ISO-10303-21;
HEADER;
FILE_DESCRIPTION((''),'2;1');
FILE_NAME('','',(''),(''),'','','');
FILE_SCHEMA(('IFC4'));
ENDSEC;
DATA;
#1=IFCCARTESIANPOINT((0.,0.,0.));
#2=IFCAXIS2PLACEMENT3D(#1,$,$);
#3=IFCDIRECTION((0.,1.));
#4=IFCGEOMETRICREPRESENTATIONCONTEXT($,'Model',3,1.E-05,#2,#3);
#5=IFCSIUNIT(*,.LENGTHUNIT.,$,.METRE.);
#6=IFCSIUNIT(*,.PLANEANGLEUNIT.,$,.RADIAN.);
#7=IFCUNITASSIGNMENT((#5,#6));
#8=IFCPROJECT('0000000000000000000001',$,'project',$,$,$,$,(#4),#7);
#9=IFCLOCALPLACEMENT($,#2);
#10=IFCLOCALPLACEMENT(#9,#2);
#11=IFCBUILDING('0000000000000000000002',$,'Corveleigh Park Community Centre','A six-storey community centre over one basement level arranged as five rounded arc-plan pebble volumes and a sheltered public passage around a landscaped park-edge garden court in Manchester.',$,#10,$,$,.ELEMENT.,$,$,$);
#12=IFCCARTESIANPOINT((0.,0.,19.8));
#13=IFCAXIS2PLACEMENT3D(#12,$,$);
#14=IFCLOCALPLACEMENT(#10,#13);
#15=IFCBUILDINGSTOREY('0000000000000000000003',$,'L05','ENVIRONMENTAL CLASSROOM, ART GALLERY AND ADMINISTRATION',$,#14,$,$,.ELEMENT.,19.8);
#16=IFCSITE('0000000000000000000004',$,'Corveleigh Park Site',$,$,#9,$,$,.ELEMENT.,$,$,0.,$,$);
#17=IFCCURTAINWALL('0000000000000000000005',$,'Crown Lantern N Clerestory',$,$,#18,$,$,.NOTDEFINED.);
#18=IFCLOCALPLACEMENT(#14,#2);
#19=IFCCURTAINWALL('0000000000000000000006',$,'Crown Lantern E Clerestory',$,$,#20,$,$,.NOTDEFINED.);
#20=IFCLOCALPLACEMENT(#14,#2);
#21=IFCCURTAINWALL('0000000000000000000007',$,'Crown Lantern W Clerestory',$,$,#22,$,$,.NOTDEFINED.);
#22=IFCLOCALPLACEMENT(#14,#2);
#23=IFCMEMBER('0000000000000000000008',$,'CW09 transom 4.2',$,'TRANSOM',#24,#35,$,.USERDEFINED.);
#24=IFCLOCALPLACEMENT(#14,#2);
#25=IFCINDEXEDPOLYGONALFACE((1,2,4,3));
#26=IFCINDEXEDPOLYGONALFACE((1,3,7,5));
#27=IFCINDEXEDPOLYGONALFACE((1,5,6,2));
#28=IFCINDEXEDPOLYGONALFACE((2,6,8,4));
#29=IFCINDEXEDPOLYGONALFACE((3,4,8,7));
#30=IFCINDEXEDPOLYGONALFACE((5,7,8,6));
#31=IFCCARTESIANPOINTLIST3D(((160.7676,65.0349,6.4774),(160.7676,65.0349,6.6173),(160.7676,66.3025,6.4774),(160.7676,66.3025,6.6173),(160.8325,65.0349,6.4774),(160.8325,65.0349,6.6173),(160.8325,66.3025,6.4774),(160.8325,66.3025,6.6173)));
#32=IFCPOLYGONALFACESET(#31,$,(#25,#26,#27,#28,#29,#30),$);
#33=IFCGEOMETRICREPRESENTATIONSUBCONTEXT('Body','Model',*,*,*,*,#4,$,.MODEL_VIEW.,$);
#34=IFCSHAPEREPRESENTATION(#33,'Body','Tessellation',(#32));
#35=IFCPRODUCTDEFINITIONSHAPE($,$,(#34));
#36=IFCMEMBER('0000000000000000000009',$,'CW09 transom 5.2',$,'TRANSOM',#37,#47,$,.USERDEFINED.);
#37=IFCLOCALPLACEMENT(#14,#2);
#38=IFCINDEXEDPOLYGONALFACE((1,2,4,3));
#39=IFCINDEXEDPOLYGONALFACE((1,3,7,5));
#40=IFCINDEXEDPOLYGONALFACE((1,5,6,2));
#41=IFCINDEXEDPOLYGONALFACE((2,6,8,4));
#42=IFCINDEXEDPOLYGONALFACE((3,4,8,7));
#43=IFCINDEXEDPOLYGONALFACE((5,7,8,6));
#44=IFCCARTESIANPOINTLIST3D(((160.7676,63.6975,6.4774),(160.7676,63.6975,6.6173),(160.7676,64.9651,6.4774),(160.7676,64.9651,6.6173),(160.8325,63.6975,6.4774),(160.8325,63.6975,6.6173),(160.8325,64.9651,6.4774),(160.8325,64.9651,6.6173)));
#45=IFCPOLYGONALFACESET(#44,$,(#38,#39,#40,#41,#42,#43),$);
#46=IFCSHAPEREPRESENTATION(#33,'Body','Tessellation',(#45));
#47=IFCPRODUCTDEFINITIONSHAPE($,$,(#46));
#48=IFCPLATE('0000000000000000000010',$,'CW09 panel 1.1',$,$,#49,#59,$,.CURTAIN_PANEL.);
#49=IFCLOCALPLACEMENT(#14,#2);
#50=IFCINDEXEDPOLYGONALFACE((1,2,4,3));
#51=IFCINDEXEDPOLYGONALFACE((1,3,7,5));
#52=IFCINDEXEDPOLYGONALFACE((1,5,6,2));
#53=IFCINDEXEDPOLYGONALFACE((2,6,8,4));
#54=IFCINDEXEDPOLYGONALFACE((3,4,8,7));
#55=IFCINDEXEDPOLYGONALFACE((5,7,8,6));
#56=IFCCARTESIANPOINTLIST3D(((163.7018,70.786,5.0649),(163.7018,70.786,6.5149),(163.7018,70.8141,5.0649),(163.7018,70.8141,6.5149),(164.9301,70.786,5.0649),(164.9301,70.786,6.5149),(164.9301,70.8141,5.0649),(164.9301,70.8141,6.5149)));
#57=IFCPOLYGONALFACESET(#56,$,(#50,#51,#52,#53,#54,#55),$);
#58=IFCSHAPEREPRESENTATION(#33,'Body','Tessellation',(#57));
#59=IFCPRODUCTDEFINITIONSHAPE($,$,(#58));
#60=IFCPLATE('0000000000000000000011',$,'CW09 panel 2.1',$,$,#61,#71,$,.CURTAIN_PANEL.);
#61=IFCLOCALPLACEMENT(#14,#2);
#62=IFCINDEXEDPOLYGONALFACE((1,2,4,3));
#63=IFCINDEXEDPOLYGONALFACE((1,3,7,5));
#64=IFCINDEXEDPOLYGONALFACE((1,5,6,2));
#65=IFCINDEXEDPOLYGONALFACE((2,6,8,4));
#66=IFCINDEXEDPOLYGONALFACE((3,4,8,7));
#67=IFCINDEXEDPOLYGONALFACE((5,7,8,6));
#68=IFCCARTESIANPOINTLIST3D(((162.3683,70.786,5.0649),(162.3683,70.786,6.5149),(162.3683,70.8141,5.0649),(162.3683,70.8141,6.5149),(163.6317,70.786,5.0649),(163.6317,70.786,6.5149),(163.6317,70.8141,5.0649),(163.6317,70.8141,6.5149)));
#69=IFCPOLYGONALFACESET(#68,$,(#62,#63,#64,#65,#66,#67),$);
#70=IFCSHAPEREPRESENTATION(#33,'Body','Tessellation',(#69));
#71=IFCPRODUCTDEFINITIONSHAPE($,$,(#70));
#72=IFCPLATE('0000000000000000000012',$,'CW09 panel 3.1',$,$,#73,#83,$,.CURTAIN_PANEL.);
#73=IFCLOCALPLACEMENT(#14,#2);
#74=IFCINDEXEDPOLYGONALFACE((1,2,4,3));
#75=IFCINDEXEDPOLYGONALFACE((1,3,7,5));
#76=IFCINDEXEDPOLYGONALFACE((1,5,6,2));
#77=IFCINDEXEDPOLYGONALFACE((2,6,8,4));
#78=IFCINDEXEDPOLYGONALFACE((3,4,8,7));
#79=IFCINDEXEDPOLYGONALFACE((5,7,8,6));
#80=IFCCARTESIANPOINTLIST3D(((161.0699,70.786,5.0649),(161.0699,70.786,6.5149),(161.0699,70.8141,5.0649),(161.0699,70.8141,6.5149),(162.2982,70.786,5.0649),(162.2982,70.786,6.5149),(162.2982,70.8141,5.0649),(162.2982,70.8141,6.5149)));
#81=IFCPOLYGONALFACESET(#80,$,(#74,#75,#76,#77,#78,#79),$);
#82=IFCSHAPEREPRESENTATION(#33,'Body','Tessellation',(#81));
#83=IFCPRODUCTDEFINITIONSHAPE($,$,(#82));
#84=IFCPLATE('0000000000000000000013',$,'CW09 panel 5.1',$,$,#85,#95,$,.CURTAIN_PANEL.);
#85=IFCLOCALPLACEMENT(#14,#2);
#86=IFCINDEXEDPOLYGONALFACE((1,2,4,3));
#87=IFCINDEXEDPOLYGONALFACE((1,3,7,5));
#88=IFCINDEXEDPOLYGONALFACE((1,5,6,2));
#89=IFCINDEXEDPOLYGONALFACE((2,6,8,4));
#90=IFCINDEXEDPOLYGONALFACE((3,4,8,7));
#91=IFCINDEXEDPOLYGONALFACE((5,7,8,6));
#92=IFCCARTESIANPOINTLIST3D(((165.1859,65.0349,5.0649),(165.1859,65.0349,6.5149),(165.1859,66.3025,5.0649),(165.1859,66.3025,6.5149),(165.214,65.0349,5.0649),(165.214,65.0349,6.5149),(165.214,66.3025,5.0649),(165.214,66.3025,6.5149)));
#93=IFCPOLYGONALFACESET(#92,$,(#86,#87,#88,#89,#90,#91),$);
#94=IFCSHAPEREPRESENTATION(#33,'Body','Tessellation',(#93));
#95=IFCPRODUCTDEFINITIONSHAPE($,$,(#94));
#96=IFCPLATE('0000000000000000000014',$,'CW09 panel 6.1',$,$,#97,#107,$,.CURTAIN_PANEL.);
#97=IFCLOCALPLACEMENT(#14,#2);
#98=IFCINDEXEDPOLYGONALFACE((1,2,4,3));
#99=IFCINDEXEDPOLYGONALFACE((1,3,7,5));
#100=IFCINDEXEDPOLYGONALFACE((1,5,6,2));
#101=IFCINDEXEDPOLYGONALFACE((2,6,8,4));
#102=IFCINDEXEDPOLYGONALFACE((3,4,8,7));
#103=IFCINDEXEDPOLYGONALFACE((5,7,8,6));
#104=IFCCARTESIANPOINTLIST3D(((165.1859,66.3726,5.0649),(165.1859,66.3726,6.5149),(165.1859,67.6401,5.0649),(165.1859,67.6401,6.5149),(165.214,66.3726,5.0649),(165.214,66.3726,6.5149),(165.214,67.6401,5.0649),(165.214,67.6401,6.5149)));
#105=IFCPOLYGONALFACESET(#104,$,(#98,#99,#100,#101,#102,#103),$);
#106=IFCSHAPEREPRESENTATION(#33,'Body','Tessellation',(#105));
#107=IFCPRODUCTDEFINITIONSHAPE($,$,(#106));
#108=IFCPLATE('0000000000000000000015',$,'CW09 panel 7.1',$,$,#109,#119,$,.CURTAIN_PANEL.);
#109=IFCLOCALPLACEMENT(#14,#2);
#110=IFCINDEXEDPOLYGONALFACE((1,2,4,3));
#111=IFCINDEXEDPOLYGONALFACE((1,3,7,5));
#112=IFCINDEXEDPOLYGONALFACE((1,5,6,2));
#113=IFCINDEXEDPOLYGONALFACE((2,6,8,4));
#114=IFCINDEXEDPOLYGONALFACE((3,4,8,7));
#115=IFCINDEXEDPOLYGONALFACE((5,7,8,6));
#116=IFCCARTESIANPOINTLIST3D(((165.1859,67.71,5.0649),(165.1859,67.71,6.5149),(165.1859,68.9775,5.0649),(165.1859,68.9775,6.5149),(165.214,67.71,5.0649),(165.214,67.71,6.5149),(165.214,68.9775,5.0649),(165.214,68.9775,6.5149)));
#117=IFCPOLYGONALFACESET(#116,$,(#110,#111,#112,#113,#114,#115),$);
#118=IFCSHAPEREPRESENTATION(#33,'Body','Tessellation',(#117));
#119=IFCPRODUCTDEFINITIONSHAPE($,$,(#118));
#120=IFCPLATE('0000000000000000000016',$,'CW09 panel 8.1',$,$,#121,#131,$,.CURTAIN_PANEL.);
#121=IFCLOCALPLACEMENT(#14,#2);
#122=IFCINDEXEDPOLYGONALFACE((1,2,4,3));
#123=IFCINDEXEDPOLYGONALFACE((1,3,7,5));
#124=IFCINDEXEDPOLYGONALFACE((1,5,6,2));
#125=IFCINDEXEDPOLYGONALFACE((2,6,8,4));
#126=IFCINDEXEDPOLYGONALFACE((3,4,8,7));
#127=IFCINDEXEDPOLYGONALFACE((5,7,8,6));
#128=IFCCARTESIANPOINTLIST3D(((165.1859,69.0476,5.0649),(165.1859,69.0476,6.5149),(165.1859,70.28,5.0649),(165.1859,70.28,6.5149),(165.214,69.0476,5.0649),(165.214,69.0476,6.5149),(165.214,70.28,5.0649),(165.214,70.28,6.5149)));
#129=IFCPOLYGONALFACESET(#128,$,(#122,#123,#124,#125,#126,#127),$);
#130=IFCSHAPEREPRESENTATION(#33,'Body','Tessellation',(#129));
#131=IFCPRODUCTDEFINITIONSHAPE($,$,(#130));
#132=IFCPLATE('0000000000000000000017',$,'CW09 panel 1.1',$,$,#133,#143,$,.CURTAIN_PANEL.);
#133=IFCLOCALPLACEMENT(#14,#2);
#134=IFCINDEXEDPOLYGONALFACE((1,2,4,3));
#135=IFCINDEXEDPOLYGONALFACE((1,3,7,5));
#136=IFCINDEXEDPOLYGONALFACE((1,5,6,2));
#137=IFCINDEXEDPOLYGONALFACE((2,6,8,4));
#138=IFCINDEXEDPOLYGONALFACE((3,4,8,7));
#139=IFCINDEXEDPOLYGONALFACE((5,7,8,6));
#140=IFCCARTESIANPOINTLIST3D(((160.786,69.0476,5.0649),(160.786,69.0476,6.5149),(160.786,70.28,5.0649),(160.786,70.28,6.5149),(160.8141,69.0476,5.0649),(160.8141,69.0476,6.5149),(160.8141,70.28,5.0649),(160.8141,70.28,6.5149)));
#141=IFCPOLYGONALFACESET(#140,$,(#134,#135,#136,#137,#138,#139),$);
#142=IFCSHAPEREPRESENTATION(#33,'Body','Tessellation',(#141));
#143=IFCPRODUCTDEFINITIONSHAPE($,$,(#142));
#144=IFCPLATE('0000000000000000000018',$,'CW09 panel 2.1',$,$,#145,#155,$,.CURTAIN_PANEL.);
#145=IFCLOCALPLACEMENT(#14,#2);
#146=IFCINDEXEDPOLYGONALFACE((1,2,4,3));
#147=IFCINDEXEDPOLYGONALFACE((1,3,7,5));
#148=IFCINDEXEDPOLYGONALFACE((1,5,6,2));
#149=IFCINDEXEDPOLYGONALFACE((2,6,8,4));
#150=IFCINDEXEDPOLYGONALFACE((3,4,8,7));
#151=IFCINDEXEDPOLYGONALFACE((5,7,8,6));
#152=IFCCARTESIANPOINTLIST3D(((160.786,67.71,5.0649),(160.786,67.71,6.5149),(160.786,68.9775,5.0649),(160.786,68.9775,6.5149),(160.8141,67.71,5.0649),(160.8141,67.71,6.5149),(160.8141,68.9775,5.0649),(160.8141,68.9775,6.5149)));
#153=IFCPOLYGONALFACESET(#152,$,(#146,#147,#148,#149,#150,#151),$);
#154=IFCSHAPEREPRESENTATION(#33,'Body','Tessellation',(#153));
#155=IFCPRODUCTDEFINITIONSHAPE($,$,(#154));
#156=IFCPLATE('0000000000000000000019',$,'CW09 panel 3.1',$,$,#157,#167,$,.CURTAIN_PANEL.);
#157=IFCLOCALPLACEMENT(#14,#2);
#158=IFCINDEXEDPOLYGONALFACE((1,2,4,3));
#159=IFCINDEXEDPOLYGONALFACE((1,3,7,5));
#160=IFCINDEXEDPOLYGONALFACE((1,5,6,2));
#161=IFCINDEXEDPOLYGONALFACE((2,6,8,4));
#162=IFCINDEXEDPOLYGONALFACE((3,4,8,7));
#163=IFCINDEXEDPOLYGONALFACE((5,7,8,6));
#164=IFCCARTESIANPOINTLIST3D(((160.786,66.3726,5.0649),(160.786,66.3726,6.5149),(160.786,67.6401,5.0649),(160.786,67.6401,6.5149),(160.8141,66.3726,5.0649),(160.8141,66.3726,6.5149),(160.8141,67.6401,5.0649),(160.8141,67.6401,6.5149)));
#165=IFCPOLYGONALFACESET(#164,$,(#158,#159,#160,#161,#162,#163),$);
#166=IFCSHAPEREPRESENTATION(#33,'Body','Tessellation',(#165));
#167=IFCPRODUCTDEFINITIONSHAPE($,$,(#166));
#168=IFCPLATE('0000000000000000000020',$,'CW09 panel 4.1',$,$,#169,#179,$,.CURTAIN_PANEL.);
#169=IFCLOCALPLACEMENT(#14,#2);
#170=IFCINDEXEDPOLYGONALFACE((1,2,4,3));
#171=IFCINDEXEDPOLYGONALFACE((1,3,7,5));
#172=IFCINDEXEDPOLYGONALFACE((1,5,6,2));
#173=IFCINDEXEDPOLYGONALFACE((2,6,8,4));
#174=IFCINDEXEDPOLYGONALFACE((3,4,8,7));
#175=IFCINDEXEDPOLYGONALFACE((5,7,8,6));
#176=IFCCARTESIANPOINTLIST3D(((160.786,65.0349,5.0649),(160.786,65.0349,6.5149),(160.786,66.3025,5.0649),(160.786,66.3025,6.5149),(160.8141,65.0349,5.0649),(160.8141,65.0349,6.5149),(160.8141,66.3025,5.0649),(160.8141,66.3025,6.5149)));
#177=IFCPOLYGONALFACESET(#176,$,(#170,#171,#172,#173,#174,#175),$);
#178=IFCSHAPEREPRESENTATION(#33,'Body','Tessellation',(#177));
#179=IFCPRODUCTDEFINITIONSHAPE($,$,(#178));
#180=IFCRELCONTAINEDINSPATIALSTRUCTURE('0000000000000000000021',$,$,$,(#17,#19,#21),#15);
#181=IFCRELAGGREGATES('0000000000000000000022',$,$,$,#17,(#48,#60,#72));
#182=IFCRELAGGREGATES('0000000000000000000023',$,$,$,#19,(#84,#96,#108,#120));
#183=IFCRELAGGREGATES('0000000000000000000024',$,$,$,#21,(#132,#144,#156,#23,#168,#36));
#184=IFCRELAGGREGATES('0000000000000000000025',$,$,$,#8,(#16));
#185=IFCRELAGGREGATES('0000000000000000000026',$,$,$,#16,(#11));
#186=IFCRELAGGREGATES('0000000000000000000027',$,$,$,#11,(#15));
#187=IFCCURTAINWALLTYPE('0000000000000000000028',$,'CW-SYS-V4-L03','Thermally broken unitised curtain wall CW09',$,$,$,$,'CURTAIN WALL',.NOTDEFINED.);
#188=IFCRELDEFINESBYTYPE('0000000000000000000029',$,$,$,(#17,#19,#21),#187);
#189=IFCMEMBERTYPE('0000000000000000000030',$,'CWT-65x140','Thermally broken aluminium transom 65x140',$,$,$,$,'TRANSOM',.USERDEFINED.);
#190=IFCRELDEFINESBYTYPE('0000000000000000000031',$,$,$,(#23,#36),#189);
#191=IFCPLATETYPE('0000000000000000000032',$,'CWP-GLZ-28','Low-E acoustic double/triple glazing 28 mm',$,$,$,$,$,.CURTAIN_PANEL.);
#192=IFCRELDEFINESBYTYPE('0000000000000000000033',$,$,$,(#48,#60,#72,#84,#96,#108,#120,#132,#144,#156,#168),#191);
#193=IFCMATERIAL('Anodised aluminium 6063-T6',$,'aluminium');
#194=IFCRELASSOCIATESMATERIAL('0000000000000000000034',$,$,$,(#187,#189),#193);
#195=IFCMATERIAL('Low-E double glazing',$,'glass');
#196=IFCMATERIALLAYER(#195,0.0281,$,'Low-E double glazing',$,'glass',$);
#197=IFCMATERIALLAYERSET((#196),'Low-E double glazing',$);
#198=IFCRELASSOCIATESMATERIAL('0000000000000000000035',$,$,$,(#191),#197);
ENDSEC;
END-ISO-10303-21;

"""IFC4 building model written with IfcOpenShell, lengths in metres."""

from ifc_helpers import new_model, si_unit, direction, frame, origin, origin_2d, place, context, subcontext, project, spatial, rectangle, extrude, material, layer, layer_set, material_profile, profile_set, type_object, element, aggregate, save


model = new_model("IFC4")

# Units and contexts
model_context = context("Model", 3, precision=1e-05, world=origin(), true_north=direction((0.0, 1.0)))
body_context = subcontext(model_context, "Body", "Model", "MODEL_VIEW")
ifc_project = project(units=[si_unit("LENGTHUNIT", "METRE"), si_unit("PLANEANGLEUNIT", "RADIAN")], contexts=[model_context])

# Site, building, storey
site_placement = place(None, origin())
site = spatial("IfcSite", under=ifc_project, at=site_placement, Name="Corveleigh Park Site", CompositionType="ELEMENT", RefElevation=0.0)
building_placement = place(site_placement, origin())
building = spatial("IfcBuilding", under=site, at=building_placement, Name="Corveleigh Park Community Centre", Description="A six-storey community centre over one basement level arranged as five rounded arc-plan pebble volumes and a sheltered public passage around a landscaped park-edge garden court in Manchester.", CompositionType="ELEMENT")
storey_placement = place(building_placement, frame((0.0, 0.0, 19.8)))
storey = spatial("IfcBuildingStorey", under=building, at=storey_placement, Name="L05", Description="ENVIRONMENTAL CLASSROOM, ART GALLERY AND ADMINISTRATION", CompositionType="ELEMENT", Elevation=19.8)

# Curtain walls, members
ifc_material_1 = material(Name="Anodised aluminium 6063-T6", Category="aluminium")
curtain_wall_type = type_object("IfcCurtainWallType", Name="CW-SYS-V4-L03", Description="Thermally broken unitised curtain wall CW09", ElementType="CURTAIN WALL", PredefinedType="NOTDEFINED", material=ifc_material_1)
curtain_wall_1_placement = place(storey_placement, origin())
curtain_wall_1 = element("IfcCurtainWall", 1, at=curtain_wall_1_placement, inside=storey, type_object=curtain_wall_type, Name="Crown Lantern N Clerestory", PredefinedType="NOTDEFINED")
ifc_material_profile = material_profile(ifc_material_1, rectangle(XDim=0.0649, YDim=0.1399, at=origin_2d()), Name="ALU-T65x140", Category="aluminium")
ifc_profile_set = profile_set([ifc_material_profile], Name="Anodised aluminium 6063-T6")
member_type = type_object("IfcMemberType", Name="CWT-65x140", Description="Thermally broken aluminium transom 65x140", ElementType="TRANSOM", PredefinedType="USERDEFINED", material=ifc_profile_set)
curtain_wall_2_placement = place(storey_placement, origin())
curtain_wall_2 = element("IfcCurtainWall", 2, at=curtain_wall_2_placement, inside=storey, type_object=curtain_wall_type, Name="Crown Lantern E Clerestory", PredefinedType="NOTDEFINED")
curtain_wall_3_placement = place(storey_placement, origin())
curtain_wall_3 = element("IfcCurtainWall", 3, at=curtain_wall_3_placement, inside=storey, type_object=curtain_wall_type, Name="Crown Lantern W Clerestory", PredefinedType="NOTDEFINED")
member_1_placement = place(storey_placement, frame((160.8, 66.3025, 6.5474), z_axis=(0.0, -1.0, 0.0), x_axis=(1.0, 0.0, 0.0)))
member_1 = element("IfcMember", 4, at=member_1_placement, type_object=member_type, Name="CW09 transom 4.2", ObjectType="TRANSOM", PredefinedType="USERDEFINED", context=body_context, shape_type="SweptSolid", body=[
    extrude(rectangle(XDim=0.0649, YDim=0.1399, at=origin_2d()), origin(), (0.0, 0.0, 1.0), 1.2676),
])
member_2_placement = place(storey_placement, frame((160.8, 64.9651, 6.5474), z_axis=(0.0, -1.0, 0.0), x_axis=(1.0, 0.0, 0.0)))
member_2 = element("IfcMember", 5, at=member_2_placement, type_object=member_type, Name="CW09 transom 5.2", ObjectType="TRANSOM", PredefinedType="USERDEFINED", context=body_context, shape_type="SweptSolid", body=[
    extrude(rectangle(XDim=0.0649, YDim=0.1399, at=origin_2d()), origin(), (0.0, 0.0, 1.0), 1.2676),
])

# Plates
ifc_material_2 = material(Name="Low-E double glazing", Category="glass")
ifc_layer = layer(ifc_material_2, 0.0281, Name="Low-E double glazing", Category="glass")
ifc_layer_set = layer_set([ifc_layer], Name="Low-E double glazing")
plate_type = type_object("IfcPlateType", Name="CWP-GLZ-28", Description="Low-E acoustic double/triple glazing 28 mm", PredefinedType="CURTAIN_PANEL", material=ifc_layer_set)
plate_1_placement = place(storey_placement, frame((164.3159, 70.8, 5.0649), z_axis=(0.0, 0.0, 1.0), x_axis=(-1.0, 0.0, 0.0)))
plate_1 = element("IfcPlate", 6, at=plate_1_placement, type_object=plate_type, Name="CW09 panel 1.1", PredefinedType="CURTAIN_PANEL", context=body_context, shape_type="SweptSolid", body=[
    extrude(rectangle(XDim=1.2283, YDim=0.0281, at=origin_2d()), origin(), (0.0, 0.0, 1.0), 1.45),
])
plate_2_placement = place(storey_placement, frame((163.0, 70.8, 5.0649), z_axis=(0.0, 0.0, 1.0), x_axis=(-1.0, 0.0, 0.0)))
plate_2 = element("IfcPlate", 7, at=plate_2_placement, type_object=plate_type, Name="CW09 panel 2.1", PredefinedType="CURTAIN_PANEL", context=body_context, shape_type="SweptSolid", body=[
    extrude(rectangle(XDim=1.2634, YDim=0.0281, at=origin_2d()), origin(), (0.0, 0.0, 1.0), 1.45),
])
plate_3_placement = place(storey_placement, frame((161.6841, 70.8, 5.0649), z_axis=(0.0, 0.0, 1.0), x_axis=(-1.0, 0.0, 0.0)))
plate_3 = element("IfcPlate", 8, at=plate_3_placement, type_object=plate_type, Name="CW09 panel 3.1", PredefinedType="CURTAIN_PANEL", context=body_context, shape_type="SweptSolid", body=[
    extrude(rectangle(XDim=1.2283, YDim=0.0281, at=origin_2d()), origin(), (0.0, 0.0, 1.0), 1.45),
])
aggregate(curtain_wall_1, [plate_1, plate_2, plate_3])
plate_4_placement = place(storey_placement, frame((165.2, 65.6687, 5.0649), z_axis=(0.0, 0.0, 1.0), x_axis=(0.0, 1.0, 0.0)))
plate_4 = element("IfcPlate", 9, at=plate_4_placement, type_object=plate_type, Name="CW09 panel 5.1", PredefinedType="CURTAIN_PANEL", context=body_context, shape_type="SweptSolid", body=[
    extrude(rectangle(XDim=1.2676, YDim=0.0281, at=origin_2d()), origin(), (0.0, 0.0, 1.0), 1.45),
])
plate_5_placement = place(storey_placement, frame((165.2, 67.0063, 5.0649), z_axis=(0.0, 0.0, 1.0), x_axis=(0.0, 1.0, 0.0)))
plate_5 = element("IfcPlate", 10, at=plate_5_placement, type_object=plate_type, Name="CW09 panel 6.1", PredefinedType="CURTAIN_PANEL", context=body_context, shape_type="SweptSolid", body=[
    extrude(rectangle(XDim=1.2676, YDim=0.0281, at=origin_2d()), origin(), (0.0, 0.0, 1.0), 1.45),
])
plate_6_placement = place(storey_placement, frame((165.2, 68.3438, 5.0649), z_axis=(0.0, 0.0, 1.0), x_axis=(0.0, 1.0, 0.0)))
plate_6 = element("IfcPlate", 11, at=plate_6_placement, type_object=plate_type, Name="CW09 panel 7.1", PredefinedType="CURTAIN_PANEL", context=body_context, shape_type="SweptSolid", body=[
    extrude(rectangle(XDim=1.2676, YDim=0.0281, at=origin_2d()), origin(), (0.0, 0.0, 1.0), 1.45),
])
plate_7_placement = place(storey_placement, frame((165.2, 69.6638, 5.0649), z_axis=(0.0, 0.0, 1.0), x_axis=(0.0, 1.0, 0.0)))
plate_7 = element("IfcPlate", 12, at=plate_7_placement, type_object=plate_type, Name="CW09 panel 8.1", PredefinedType="CURTAIN_PANEL", context=body_context, shape_type="SweptSolid", body=[
    extrude(rectangle(XDim=1.2324, YDim=0.0281, at=origin_2d()), origin(), (0.0, 0.0, 1.0), 1.45),
])
aggregate(curtain_wall_2, [plate_4, plate_5, plate_6, plate_7])
plate_8_placement = place(storey_placement, frame((160.8, 69.6638, 5.0649), z_axis=(0.0, 0.0, 1.0), x_axis=(0.0, -1.0, 0.0)))
plate_8 = element("IfcPlate", 13, at=plate_8_placement, type_object=plate_type, Name="CW09 panel 1.1", PredefinedType="CURTAIN_PANEL", context=body_context, shape_type="SweptSolid", body=[
    extrude(rectangle(XDim=1.2324, YDim=0.0281, at=origin_2d()), origin(), (0.0, 0.0, 1.0), 1.45),
])
plate_9_placement = place(storey_placement, frame((160.8, 68.3438, 5.0649), z_axis=(0.0, 0.0, 1.0), x_axis=(0.0, -1.0, 0.0)))
plate_9 = element("IfcPlate", 14, at=plate_9_placement, type_object=plate_type, Name="CW09 panel 2.1", PredefinedType="CURTAIN_PANEL", context=body_context, shape_type="SweptSolid", body=[
    extrude(rectangle(XDim=1.2676, YDim=0.0281, at=origin_2d()), origin(), (0.0, 0.0, 1.0), 1.45),
])
plate_10_placement = place(storey_placement, frame((160.8, 67.0063, 5.0649), z_axis=(0.0, 0.0, 1.0), x_axis=(0.0, -1.0, 0.0)))
plate_10 = element("IfcPlate", 15, at=plate_10_placement, type_object=plate_type, Name="CW09 panel 3.1", PredefinedType="CURTAIN_PANEL", context=body_context, shape_type="SweptSolid", body=[
    extrude(rectangle(XDim=1.2676, YDim=0.0281, at=origin_2d()), origin(), (0.0, 0.0, 1.0), 1.45),
])
plate_11_placement = place(storey_placement, frame((160.8, 65.6687, 5.0649), z_axis=(0.0, 0.0, 1.0), x_axis=(0.0, -1.0, 0.0)))
plate_11 = element("IfcPlate", 16, at=plate_11_placement, type_object=plate_type, Name="CW09 panel 4.1", PredefinedType="CURTAIN_PANEL", context=body_context, shape_type="SweptSolid", body=[
    extrude(rectangle(XDim=1.2676, YDim=0.0281, at=origin_2d()), origin(), (0.0, 0.0, 1.0), 1.45),
])
aggregate(curtain_wall_3, [plate_8, plate_9, plate_10, member_1, plate_11, member_2])

save(model, "model.ifc")
